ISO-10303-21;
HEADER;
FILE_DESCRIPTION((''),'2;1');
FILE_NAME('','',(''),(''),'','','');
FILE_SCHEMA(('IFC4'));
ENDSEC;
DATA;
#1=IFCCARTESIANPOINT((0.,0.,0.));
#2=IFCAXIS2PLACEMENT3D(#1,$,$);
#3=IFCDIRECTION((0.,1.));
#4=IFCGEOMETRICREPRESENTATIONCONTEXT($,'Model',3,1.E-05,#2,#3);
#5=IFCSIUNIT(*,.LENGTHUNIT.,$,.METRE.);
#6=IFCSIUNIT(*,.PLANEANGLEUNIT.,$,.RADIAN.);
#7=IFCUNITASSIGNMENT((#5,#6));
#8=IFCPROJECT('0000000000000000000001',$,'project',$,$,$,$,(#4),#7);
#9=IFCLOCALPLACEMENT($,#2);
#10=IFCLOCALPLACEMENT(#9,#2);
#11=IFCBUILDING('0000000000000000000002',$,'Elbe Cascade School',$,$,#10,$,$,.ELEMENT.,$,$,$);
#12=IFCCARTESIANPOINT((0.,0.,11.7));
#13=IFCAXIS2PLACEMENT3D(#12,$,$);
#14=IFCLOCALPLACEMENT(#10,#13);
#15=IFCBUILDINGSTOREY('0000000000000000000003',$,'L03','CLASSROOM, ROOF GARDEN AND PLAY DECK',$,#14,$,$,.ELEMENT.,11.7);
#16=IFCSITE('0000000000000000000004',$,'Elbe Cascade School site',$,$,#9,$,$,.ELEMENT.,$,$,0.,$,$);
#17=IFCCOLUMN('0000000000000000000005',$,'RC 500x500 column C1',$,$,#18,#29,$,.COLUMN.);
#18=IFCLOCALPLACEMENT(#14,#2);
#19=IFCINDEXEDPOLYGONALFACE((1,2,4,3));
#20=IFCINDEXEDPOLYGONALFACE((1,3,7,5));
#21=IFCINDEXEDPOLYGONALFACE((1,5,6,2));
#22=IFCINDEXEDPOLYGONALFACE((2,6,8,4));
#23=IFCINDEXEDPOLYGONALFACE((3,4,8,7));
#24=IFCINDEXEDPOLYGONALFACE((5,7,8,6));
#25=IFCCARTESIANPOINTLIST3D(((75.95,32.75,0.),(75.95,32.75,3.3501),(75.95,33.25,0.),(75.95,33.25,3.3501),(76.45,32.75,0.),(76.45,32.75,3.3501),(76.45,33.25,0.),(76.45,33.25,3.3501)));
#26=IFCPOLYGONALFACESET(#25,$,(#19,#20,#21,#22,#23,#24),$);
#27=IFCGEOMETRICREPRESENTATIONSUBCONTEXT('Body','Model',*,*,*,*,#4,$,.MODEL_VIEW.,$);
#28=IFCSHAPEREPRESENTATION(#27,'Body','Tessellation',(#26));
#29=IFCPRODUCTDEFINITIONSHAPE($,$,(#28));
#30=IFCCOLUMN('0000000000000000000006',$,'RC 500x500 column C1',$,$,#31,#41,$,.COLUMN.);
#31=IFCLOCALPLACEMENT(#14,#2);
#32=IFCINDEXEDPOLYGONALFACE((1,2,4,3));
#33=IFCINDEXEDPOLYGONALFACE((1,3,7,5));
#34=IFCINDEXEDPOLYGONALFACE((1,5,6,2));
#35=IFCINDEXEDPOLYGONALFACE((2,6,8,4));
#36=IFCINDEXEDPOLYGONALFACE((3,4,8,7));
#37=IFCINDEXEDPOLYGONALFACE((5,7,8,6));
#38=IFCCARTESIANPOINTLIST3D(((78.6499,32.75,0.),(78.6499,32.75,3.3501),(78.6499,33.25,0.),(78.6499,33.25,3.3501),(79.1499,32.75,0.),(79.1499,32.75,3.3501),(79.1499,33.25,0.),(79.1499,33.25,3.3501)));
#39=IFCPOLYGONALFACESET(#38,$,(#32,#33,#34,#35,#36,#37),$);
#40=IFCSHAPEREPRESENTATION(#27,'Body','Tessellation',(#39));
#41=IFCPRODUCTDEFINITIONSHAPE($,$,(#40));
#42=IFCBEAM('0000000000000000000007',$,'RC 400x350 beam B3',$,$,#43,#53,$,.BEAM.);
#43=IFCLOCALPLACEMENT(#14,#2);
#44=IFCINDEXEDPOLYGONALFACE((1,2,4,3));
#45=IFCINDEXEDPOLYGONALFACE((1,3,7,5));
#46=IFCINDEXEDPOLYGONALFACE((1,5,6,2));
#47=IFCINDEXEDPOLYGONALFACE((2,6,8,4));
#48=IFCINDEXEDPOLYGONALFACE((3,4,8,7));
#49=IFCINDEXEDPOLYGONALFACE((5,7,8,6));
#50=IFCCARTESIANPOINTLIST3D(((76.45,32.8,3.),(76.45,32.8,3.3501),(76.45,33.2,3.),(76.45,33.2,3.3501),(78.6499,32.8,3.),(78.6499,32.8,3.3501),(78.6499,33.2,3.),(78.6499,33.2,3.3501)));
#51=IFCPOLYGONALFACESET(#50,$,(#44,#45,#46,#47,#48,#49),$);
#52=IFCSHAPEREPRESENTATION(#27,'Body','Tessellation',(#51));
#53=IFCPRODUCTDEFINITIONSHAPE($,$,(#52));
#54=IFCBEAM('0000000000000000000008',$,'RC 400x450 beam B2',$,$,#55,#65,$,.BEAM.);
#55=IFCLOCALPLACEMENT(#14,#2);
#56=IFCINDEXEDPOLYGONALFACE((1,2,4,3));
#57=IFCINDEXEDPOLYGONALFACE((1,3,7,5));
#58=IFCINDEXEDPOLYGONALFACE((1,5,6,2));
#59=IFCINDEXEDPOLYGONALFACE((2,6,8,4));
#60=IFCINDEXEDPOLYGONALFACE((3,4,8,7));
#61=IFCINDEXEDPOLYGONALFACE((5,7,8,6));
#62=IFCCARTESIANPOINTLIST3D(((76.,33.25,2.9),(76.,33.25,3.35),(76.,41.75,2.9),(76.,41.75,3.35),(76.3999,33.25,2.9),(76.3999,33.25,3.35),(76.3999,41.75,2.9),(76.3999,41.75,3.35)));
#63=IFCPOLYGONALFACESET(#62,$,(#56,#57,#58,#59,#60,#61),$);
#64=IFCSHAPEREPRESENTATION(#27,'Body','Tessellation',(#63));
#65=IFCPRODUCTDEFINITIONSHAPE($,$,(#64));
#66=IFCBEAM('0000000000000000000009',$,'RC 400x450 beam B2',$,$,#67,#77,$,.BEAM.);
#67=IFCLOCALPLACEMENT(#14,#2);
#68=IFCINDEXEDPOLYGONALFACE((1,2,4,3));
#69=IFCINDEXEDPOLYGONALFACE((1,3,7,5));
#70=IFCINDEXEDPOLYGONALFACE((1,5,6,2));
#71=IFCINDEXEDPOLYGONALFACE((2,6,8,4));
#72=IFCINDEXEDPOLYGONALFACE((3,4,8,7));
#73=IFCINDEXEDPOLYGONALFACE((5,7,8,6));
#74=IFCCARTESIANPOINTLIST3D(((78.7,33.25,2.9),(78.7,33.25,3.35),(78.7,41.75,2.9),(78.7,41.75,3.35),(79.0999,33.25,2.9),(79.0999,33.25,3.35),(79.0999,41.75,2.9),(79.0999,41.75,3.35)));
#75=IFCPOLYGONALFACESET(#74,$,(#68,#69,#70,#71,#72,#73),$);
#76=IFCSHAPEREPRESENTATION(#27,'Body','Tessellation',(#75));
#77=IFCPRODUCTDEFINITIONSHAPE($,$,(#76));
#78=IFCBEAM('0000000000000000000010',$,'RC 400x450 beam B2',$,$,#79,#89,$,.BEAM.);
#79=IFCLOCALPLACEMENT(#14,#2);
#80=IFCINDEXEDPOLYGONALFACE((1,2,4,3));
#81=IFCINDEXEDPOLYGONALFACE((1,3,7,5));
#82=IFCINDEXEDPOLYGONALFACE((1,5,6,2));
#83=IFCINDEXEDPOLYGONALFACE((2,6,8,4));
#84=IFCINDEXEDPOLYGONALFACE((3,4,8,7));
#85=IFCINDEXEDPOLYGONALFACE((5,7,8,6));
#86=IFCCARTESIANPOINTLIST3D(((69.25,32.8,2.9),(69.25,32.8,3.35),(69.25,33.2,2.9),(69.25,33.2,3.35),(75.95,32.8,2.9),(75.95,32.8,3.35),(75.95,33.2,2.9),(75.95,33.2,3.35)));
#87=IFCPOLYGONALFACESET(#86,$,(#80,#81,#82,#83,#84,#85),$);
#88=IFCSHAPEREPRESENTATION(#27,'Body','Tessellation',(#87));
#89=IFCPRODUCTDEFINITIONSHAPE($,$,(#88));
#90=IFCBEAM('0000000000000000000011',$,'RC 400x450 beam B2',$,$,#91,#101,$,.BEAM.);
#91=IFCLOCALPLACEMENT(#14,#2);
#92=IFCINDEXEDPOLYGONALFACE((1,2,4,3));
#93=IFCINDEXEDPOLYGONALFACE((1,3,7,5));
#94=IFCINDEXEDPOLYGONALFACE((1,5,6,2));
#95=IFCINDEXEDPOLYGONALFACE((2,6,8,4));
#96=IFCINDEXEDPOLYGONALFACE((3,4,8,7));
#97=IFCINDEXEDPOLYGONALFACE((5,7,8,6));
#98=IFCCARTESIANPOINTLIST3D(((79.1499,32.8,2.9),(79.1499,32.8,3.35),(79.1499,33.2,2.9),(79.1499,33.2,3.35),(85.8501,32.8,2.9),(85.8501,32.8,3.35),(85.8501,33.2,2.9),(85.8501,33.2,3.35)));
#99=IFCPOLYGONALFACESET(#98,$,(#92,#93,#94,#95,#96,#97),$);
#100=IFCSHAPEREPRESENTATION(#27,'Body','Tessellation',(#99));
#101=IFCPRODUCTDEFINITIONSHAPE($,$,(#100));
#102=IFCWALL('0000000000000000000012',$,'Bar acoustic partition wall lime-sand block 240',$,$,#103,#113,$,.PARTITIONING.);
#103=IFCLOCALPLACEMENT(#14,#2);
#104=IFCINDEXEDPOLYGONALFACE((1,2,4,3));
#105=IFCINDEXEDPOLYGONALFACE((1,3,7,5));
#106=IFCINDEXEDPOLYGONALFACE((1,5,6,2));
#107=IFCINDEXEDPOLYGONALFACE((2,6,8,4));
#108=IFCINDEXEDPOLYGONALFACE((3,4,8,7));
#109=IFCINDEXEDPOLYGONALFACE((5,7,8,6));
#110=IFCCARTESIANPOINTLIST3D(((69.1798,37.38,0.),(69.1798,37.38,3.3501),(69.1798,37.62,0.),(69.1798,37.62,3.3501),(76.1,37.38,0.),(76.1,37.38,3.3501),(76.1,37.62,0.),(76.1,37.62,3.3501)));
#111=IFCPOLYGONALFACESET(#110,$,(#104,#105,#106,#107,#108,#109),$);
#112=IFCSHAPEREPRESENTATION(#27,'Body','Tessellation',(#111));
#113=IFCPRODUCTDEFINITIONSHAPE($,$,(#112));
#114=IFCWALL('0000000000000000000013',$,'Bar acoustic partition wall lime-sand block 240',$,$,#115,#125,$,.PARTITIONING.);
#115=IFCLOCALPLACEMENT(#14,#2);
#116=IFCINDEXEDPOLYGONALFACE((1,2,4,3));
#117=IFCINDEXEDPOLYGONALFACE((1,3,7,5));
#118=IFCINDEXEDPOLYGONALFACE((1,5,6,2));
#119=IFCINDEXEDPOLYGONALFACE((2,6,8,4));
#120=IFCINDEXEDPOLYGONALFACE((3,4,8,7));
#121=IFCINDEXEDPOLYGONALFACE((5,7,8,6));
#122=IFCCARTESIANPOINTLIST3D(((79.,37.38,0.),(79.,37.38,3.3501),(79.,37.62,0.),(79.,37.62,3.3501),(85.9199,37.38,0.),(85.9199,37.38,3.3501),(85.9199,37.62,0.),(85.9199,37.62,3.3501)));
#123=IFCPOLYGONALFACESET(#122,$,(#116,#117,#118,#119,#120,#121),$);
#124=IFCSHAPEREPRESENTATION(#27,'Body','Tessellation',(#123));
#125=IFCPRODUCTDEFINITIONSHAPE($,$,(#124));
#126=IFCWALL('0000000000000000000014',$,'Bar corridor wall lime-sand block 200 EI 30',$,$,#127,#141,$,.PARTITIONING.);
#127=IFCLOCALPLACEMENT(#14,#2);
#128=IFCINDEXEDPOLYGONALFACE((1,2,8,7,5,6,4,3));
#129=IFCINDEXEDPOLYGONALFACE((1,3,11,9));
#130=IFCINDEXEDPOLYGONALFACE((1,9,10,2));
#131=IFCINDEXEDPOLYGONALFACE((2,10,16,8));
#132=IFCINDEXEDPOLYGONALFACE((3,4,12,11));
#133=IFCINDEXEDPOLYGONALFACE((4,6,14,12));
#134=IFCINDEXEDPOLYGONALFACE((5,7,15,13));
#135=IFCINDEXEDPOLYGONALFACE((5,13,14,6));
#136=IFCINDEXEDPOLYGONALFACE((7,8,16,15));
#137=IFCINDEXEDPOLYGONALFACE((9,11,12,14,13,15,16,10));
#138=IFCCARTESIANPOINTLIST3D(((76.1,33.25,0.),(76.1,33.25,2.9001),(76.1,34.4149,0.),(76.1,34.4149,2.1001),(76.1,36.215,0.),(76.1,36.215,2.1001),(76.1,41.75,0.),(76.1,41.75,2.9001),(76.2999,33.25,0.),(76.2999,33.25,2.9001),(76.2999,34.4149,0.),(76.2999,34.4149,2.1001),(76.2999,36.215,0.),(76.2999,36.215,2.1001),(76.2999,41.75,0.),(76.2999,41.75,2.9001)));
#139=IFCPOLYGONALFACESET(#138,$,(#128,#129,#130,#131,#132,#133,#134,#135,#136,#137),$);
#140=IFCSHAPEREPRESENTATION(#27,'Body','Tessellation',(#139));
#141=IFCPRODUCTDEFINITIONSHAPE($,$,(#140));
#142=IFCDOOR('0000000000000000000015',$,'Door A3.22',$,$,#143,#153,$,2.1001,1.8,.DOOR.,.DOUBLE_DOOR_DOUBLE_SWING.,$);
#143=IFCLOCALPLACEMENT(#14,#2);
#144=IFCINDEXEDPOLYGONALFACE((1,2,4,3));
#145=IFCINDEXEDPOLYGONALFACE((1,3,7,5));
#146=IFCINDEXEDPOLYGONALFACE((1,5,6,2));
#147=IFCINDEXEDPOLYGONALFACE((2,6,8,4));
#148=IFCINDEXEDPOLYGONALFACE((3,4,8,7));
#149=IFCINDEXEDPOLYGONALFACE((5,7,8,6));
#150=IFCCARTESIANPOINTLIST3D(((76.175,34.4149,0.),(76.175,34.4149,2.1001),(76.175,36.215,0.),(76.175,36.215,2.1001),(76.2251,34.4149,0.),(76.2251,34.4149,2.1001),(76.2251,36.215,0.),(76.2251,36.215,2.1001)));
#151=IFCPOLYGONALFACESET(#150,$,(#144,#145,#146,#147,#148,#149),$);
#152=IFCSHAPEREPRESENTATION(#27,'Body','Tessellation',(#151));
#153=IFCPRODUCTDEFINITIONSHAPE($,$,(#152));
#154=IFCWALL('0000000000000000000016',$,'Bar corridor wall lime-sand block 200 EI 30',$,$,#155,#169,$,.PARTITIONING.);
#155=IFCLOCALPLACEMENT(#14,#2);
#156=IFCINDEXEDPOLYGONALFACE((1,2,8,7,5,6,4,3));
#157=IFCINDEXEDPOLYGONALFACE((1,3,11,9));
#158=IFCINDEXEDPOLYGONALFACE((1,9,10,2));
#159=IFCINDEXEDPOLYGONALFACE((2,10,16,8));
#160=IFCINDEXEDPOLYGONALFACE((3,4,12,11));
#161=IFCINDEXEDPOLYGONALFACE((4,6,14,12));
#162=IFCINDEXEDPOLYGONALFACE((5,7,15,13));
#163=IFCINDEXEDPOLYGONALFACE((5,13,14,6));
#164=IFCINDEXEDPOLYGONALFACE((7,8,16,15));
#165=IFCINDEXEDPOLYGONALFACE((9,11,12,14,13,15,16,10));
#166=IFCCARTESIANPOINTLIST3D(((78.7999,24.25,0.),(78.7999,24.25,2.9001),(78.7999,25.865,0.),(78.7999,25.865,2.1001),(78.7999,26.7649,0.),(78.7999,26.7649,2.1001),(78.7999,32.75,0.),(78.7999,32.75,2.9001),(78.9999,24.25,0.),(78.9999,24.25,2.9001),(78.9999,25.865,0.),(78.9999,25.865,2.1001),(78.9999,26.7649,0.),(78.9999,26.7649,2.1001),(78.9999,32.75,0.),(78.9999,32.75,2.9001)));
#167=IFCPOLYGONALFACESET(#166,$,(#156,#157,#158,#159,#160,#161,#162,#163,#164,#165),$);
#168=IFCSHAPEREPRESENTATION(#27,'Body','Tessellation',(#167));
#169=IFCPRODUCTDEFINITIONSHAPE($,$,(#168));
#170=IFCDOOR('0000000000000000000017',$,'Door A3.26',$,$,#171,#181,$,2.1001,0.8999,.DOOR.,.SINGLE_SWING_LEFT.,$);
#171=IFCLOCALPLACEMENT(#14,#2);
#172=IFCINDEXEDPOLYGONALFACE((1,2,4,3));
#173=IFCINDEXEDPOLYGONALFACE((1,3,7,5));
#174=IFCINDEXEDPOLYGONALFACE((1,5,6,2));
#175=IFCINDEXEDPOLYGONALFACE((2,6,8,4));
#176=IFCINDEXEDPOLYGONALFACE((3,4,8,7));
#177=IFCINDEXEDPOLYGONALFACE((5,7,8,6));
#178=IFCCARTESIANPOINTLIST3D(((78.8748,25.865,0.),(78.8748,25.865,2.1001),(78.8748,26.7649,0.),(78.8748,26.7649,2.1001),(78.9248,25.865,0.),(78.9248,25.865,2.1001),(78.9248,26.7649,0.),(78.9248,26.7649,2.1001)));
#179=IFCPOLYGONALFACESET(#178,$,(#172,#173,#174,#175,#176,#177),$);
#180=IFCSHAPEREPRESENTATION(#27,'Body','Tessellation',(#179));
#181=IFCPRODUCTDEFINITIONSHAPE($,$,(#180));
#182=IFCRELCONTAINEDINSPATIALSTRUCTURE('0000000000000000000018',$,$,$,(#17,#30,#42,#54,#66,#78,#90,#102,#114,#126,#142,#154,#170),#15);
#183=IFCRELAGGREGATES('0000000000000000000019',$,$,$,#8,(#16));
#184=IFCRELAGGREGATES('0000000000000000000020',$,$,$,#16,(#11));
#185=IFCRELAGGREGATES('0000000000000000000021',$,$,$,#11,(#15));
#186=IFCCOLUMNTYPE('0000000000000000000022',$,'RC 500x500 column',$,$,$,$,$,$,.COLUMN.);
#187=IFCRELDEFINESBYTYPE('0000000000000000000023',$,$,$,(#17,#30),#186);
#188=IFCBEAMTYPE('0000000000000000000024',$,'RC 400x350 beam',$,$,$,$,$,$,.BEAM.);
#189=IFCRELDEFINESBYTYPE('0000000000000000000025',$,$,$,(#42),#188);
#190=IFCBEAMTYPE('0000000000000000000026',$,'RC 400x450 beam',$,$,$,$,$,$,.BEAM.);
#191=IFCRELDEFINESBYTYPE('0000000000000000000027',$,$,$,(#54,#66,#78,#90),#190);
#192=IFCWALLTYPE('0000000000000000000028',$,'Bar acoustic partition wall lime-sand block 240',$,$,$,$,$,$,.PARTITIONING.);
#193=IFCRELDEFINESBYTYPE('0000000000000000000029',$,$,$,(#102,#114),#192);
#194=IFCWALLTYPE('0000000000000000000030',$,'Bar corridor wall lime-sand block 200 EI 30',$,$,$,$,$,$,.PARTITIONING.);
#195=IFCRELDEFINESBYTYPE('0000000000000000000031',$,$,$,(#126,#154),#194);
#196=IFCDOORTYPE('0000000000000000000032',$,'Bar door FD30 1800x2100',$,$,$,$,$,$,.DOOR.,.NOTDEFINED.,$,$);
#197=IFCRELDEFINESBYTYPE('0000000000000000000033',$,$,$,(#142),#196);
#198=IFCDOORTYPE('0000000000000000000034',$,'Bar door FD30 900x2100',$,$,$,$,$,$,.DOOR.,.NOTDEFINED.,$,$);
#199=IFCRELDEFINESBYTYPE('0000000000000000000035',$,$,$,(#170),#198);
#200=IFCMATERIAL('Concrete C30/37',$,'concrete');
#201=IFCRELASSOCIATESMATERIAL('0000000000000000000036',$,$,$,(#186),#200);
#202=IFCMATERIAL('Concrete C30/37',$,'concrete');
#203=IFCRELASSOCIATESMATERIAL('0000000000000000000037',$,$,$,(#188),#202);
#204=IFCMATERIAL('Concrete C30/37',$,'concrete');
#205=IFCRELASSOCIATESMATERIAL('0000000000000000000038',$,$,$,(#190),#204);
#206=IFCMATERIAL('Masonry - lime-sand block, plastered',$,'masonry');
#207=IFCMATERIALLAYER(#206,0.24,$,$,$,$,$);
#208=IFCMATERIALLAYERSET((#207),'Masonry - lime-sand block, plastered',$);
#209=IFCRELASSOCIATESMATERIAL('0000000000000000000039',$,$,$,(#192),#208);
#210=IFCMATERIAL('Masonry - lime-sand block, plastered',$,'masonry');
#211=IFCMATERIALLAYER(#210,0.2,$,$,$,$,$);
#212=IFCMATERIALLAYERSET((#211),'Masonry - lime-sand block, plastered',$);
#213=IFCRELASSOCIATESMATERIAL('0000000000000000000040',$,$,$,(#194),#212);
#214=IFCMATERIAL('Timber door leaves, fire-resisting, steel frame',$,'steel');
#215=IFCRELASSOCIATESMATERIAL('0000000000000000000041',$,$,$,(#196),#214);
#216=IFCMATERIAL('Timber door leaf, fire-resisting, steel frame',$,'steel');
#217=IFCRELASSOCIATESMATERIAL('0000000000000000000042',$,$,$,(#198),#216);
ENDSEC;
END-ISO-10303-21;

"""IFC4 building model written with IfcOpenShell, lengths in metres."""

from ifc_helpers import new_model, si_unit, direction, frame, frame_2d, origin, origin_2d, place, context, subcontext, project, spatial, rectangle, extrude, material, layer, layer_set, material_profile, profile_set, type_object, element, fill, save


model = new_model("IFC4")

# Units and contexts
model_context = context("Model", 3, precision=1e-05, world=origin(), true_north=direction((0.0, 1.0)))
body_context = subcontext(model_context, "Body", "Model", "MODEL_VIEW")
ifc_project = project(units=[si_unit("LENGTHUNIT", "METRE"), si_unit("PLANEANGLEUNIT", "RADIAN")], contexts=[model_context])

# Site, building, storey
site_placement = place(None, origin())
site = spatial("IfcSite", under=ifc_project, at=site_placement, Name="Elbe Cascade School site", CompositionType="ELEMENT", RefElevation=0.0)
building_placement = place(site_placement, origin())
building = spatial("IfcBuilding", under=site, at=building_placement, Name="Elbe Cascade School", CompositionType="ELEMENT")
storey_placement = place(building_placement, frame((0.0, 0.0, 11.7)))
storey = spatial("IfcBuildingStorey", under=building, at=storey_placement, Name="L03", Description="CLASSROOM, ROOF GARDEN AND PLAY DECK", CompositionType="ELEMENT", Elevation=11.7)

# Columns
ifc_material_1 = material(Name="Concrete C30/37", Category="concrete")
ifc_material_profile_1 = material_profile(ifc_material_1, rectangle(XDim=0.5, YDim=0.5, at=origin_2d()), Name="RC 500x500")
ifc_profile_set_1 = profile_set([ifc_material_profile_1], Name="Concrete C30/37")
column_type = type_object("IfcColumnType", Name="RC 500x500 column", PredefinedType="COLUMN", material=ifc_profile_set_1)
for number, where, z_axis, x_axis, name in (
    (1, (76.2, 33.0, 0.0), (0.0, 0.0, 1.0), (1.0, 0.0, 0.0), "RC 500x500 column C1"),
    (2, (78.8999, 33.0, 0.0), (0.0, 0.0, 1.0), (1.0, 0.0, 0.0), "RC 500x500 column C1"),
):
    element("IfcColumn", number, at=place(storey_placement, frame(where, z_axis=z_axis, x_axis=x_axis)), inside=storey, type_object=column_type, Name=name, PredefinedType="COLUMN", context=body_context, shape_type="SweptSolid", body=[
        extrude(rectangle(XDim=0.5, YDim=0.5, at=origin_2d()), origin(), (0.0, 0.0, 1.0), 3.3501),
    ])

# Beams
ifc_material_2 = material(Name="Concrete C30/37", Category="concrete")
ifc_material_profile_2 = material_profile(ifc_material_2, rectangle(XDim=0.3999, YDim=0.3501, at=origin_2d()), Name="RC 400x350")
ifc_profile_set_2 = profile_set([ifc_material_profile_2], Name="Concrete C30/37")
beam_type_1 = type_object("IfcBeamType", Name="RC 400x350 beam", PredefinedType="BEAM", material=ifc_profile_set_2)
beam_1_placement = place(storey_placement, frame((76.45, 33.0, 3.175), z_axis=(1.0, 0.0, 0.0), x_axis=(0.0, 1.0, 0.0)))
element("IfcBeam", 3, at=beam_1_placement, inside=storey, type_object=beam_type_1, Name="RC 400x350 beam B3", PredefinedType="BEAM", context=body_context, shape_type="SweptSolid", body=[
    extrude(rectangle(XDim=0.3999, YDim=0.3501, at=origin_2d()), origin(), (0.0, 0.0, 1.0), 2.2),
])
ifc_material_3 = material(Name="Concrete C30/37", Category="concrete")
ifc_material_profile_3 = material_profile(ifc_material_3, rectangle(XDim=0.3999, YDim=0.45, at=origin_2d()), Name="RC 400x450")
ifc_profile_set_3 = profile_set([ifc_material_profile_3], Name="Concrete C30/37")
beam_type_2 = type_object("IfcBeamType", Name="RC 400x450 beam", PredefinedType="BEAM", material=ifc_profile_set_3)
for number, where, z_axis, x_axis, name in (
    (4, (76.2, 33.25, 3.125), (0.0, 1.0, 0.0), (-1.0, 0.0, 0.0), "RC 400x450 beam B2"),
    (5, (78.8999, 33.25, 3.125), (0.0, 1.0, 0.0), (-1.0, 0.0, 0.0), "RC 400x450 beam B2"),
):
    element("IfcBeam", number, at=place(storey_placement, frame(where, z_axis=z_axis, x_axis=x_axis)), inside=storey, type_object=beam_type_2, Name=name, PredefinedType="BEAM", context=body_context, shape_type="SweptSolid", body=[
        extrude(rectangle(XDim=0.3999, YDim=0.45, at=origin_2d()), origin(), (0.0, 0.0, 1.0), 8.5),
    ])
beam_2_placement = place(storey_placement, frame((69.25, 33.0, 3.125), z_axis=(1.0, 0.0, 0.0), x_axis=(0.0, 1.0, 0.0)))
element("IfcBeam", 6, at=beam_2_placement, inside=storey, type_object=beam_type_2, Name="RC 400x450 beam B2", PredefinedType="BEAM", context=body_context, shape_type="SweptSolid", body=[
    extrude(rectangle(XDim=0.3999, YDim=0.45, at=origin_2d()), origin(), (0.0, 0.0, 1.0), 6.7),
])
beam_3_placement = place(storey_placement, frame((79.1499, 33.0, 3.125), z_axis=(1.0, 0.0, 0.0), x_axis=(0.0, 1.0, 0.0)))
element("IfcBeam", 7, at=beam_3_placement, inside=storey, type_object=beam_type_2, Name="RC 400x450 beam B2", PredefinedType="BEAM", context=body_context, shape_type="SweptSolid", body=[
    extrude(rectangle(XDim=0.3999, YDim=0.45, at=origin_2d()), origin(), (0.0, 0.0, 1.0), 6.7002),
])

# Walls
ifc_material_4 = material(Name="Masonry - lime-sand block, plastered", Category="masonry")
ifc_layer_1 = layer(ifc_material_4, 0.24)
ifc_layer_set_1 = layer_set([ifc_layer_1], Name="Masonry - lime-sand block, plastered")
wall_type_1 = type_object("IfcWallType", Name="Bar acoustic partition wall lime-sand block 240", PredefinedType="PARTITIONING", material=ifc_layer_set_1)
wall_1_placement = place(storey_placement, frame((69.1799, 37.5, 0.0), z_axis=(0.0, 0.0, 1.0), x_axis=(1.0, 0.0, 0.0)))
element("IfcWall", 8, at=wall_1_placement, inside=storey, type_object=wall_type_1, Name="Bar acoustic partition wall lime-sand block 240", PredefinedType="PARTITIONING", context=body_context, shape_type="SweptSolid", body=[
    extrude(rectangle(XDim=6.9202, YDim=0.24, at=frame_2d((3.46, 0.0))), origin(), (0.0, 0.0, 1.0), 3.3501),
])
wall_2_placement = place(storey_placement, frame((79.0, 37.5, 0.0), z_axis=(0.0, 0.0, 1.0), x_axis=(1.0, 0.0, 0.0)))
element("IfcWall", 9, at=wall_2_placement, inside=storey, type_object=wall_type_1, Name="Bar acoustic partition wall lime-sand block 240", PredefinedType="PARTITIONING", context=body_context, shape_type="SweptSolid", body=[
    extrude(rectangle(XDim=6.9199, YDim=0.24, at=frame_2d((3.46, 0.0))), origin(), (0.0, 0.0, 1.0), 3.3501),
])

# Walls, openings, doors
ifc_material_5 = material(Name="Masonry - lime-sand block, plastered", Category="masonry")
ifc_layer_2 = layer(ifc_material_5, 0.2)
ifc_layer_set_2 = layer_set([ifc_layer_2], Name="Masonry - lime-sand block, plastered")
wall_type_2 = type_object("IfcWallType", Name="Bar corridor wall lime-sand block 200 EI 30", PredefinedType="PARTITIONING", material=ifc_layer_set_2)
wall_3_placement = place(storey_placement, frame((76.2, 33.25, 0.0), z_axis=(0.0, 0.0, 1.0), x_axis=(0.0, 1.0, 0.0)))
wall_3 = element("IfcWall", 10, at=wall_3_placement, inside=storey, type_object=wall_type_2, Name="Bar corridor wall lime-sand block 200 EI 30", PredefinedType="PARTITIONING", context=body_context, shape_type="SweptSolid", body=[
    extrude(rectangle(XDim=8.5, YDim=0.2, at=frame_2d((4.25, 0.0))), origin(), (0.0, 0.0, 1.0), 2.9001),
])
opening_1_placement = place(wall_3_placement, frame((1.165, 0.0, 0.0)))
opening_1 = element("IfcOpeningElement", 11, at=opening_1_placement, cuts=wall_3, PredefinedType="OPENING", context=body_context, shape_type="SweptSolid", body=[
    extrude(rectangle(XDim=1.8, YDim=2.1001, at=frame_2d((0.8999, 1.05))), frame((0.0, 0.1099, 0.0), z_axis=(0.0, -1.0, 0.0), x_axis=(1.0, 0.0, 0.0)), (0.0, 0.0, 1.0), 0.22),
])
ifc_material_6 = material(Name="Timber door leaves, fire-resisting, steel frame", Category="steel")
door_type_1 = type_object("IfcDoorType", Name="Bar door FD30 1800x2100", OperationType="NOTDEFINED", PredefinedType="DOOR", material=ifc_material_6)
door_1_placement = place(opening_1_placement, origin())
door_1 = element("IfcDoor", 12, at=door_1_placement, inside=storey, type_object=door_type_1, Name="Door A3.22", OperationType="DOUBLE_DOOR_DOUBLE_SWING", OverallHeight=2.1001, OverallWidth=1.8, PredefinedType="DOOR", context=body_context, shape_type="SweptSolid", body=[
    extrude(rectangle(XDim=1.8, YDim=2.1001, at=frame_2d((0.8999, 1.05))), frame((0.0, 0.0249, 0.0), z_axis=(0.0, -1.0, 0.0), x_axis=(1.0, 0.0, 0.0)), (0.0, 0.0, 1.0), 0.05),
])
fill(opening_1, door_1)
wall_4_placement = place(storey_placement, frame((78.8999, 32.75, 0.0), z_axis=(0.0, 0.0, 1.0), x_axis=(0.0, -1.0, 0.0)))
wall_4 = element("IfcWall", 13, at=wall_4_placement, inside=storey, type_object=wall_type_2, Name="Bar corridor wall lime-sand block 200 EI 30", PredefinedType="PARTITIONING", context=body_context, shape_type="SweptSolid", body=[
    extrude(rectangle(XDim=8.5, YDim=0.2, at=frame_2d((4.25, 0.0))), origin(), (0.0, 0.0, 1.0), 2.9001),
])
opening_2_placement = place(wall_4_placement, frame((5.9851, 0.0, 0.0)))
opening_2 = element("IfcOpeningElement", 14, at=opening_2_placement, cuts=wall_4, PredefinedType="OPENING", context=body_context, shape_type="SweptSolid", body=[
    extrude(rectangle(XDim=0.8999, YDim=2.1001, at=frame_2d((0.45, 1.05))), frame((0.0, 0.1099, 0.0), z_axis=(0.0, -1.0, 0.0), x_axis=(1.0, 0.0, 0.0)), (0.0, 0.0, 1.0), 0.22),
])
ifc_material_7 = material(Name="Timber door leaf, fire-resisting, steel frame", Category="steel")
door_type_2 = type_object("IfcDoorType", Name="Bar door FD30 900x2100", OperationType="NOTDEFINED", PredefinedType="DOOR", material=ifc_material_7)
door_2_placement = place(opening_2_placement, origin())
door_2 = element("IfcDoor", 15, at=door_2_placement, inside=storey, type_object=door_type_2, Name="Door A3.26", OperationType="SINGLE_SWING_LEFT", OverallHeight=2.1001, OverallWidth=0.8999, PredefinedType="DOOR", context=body_context, shape_type="SweptSolid", body=[
    extrude(rectangle(XDim=0.8999, YDim=2.1001, at=frame_2d((0.45, 1.05))), frame((0.0, 0.0249, 0.0), z_axis=(0.0, -1.0, 0.0), x_axis=(1.0, 0.0, 0.0)), (0.0, 0.0, 1.0), 0.05),
])
fill(opening_2, door_2)

save(model, "model.ifc")
